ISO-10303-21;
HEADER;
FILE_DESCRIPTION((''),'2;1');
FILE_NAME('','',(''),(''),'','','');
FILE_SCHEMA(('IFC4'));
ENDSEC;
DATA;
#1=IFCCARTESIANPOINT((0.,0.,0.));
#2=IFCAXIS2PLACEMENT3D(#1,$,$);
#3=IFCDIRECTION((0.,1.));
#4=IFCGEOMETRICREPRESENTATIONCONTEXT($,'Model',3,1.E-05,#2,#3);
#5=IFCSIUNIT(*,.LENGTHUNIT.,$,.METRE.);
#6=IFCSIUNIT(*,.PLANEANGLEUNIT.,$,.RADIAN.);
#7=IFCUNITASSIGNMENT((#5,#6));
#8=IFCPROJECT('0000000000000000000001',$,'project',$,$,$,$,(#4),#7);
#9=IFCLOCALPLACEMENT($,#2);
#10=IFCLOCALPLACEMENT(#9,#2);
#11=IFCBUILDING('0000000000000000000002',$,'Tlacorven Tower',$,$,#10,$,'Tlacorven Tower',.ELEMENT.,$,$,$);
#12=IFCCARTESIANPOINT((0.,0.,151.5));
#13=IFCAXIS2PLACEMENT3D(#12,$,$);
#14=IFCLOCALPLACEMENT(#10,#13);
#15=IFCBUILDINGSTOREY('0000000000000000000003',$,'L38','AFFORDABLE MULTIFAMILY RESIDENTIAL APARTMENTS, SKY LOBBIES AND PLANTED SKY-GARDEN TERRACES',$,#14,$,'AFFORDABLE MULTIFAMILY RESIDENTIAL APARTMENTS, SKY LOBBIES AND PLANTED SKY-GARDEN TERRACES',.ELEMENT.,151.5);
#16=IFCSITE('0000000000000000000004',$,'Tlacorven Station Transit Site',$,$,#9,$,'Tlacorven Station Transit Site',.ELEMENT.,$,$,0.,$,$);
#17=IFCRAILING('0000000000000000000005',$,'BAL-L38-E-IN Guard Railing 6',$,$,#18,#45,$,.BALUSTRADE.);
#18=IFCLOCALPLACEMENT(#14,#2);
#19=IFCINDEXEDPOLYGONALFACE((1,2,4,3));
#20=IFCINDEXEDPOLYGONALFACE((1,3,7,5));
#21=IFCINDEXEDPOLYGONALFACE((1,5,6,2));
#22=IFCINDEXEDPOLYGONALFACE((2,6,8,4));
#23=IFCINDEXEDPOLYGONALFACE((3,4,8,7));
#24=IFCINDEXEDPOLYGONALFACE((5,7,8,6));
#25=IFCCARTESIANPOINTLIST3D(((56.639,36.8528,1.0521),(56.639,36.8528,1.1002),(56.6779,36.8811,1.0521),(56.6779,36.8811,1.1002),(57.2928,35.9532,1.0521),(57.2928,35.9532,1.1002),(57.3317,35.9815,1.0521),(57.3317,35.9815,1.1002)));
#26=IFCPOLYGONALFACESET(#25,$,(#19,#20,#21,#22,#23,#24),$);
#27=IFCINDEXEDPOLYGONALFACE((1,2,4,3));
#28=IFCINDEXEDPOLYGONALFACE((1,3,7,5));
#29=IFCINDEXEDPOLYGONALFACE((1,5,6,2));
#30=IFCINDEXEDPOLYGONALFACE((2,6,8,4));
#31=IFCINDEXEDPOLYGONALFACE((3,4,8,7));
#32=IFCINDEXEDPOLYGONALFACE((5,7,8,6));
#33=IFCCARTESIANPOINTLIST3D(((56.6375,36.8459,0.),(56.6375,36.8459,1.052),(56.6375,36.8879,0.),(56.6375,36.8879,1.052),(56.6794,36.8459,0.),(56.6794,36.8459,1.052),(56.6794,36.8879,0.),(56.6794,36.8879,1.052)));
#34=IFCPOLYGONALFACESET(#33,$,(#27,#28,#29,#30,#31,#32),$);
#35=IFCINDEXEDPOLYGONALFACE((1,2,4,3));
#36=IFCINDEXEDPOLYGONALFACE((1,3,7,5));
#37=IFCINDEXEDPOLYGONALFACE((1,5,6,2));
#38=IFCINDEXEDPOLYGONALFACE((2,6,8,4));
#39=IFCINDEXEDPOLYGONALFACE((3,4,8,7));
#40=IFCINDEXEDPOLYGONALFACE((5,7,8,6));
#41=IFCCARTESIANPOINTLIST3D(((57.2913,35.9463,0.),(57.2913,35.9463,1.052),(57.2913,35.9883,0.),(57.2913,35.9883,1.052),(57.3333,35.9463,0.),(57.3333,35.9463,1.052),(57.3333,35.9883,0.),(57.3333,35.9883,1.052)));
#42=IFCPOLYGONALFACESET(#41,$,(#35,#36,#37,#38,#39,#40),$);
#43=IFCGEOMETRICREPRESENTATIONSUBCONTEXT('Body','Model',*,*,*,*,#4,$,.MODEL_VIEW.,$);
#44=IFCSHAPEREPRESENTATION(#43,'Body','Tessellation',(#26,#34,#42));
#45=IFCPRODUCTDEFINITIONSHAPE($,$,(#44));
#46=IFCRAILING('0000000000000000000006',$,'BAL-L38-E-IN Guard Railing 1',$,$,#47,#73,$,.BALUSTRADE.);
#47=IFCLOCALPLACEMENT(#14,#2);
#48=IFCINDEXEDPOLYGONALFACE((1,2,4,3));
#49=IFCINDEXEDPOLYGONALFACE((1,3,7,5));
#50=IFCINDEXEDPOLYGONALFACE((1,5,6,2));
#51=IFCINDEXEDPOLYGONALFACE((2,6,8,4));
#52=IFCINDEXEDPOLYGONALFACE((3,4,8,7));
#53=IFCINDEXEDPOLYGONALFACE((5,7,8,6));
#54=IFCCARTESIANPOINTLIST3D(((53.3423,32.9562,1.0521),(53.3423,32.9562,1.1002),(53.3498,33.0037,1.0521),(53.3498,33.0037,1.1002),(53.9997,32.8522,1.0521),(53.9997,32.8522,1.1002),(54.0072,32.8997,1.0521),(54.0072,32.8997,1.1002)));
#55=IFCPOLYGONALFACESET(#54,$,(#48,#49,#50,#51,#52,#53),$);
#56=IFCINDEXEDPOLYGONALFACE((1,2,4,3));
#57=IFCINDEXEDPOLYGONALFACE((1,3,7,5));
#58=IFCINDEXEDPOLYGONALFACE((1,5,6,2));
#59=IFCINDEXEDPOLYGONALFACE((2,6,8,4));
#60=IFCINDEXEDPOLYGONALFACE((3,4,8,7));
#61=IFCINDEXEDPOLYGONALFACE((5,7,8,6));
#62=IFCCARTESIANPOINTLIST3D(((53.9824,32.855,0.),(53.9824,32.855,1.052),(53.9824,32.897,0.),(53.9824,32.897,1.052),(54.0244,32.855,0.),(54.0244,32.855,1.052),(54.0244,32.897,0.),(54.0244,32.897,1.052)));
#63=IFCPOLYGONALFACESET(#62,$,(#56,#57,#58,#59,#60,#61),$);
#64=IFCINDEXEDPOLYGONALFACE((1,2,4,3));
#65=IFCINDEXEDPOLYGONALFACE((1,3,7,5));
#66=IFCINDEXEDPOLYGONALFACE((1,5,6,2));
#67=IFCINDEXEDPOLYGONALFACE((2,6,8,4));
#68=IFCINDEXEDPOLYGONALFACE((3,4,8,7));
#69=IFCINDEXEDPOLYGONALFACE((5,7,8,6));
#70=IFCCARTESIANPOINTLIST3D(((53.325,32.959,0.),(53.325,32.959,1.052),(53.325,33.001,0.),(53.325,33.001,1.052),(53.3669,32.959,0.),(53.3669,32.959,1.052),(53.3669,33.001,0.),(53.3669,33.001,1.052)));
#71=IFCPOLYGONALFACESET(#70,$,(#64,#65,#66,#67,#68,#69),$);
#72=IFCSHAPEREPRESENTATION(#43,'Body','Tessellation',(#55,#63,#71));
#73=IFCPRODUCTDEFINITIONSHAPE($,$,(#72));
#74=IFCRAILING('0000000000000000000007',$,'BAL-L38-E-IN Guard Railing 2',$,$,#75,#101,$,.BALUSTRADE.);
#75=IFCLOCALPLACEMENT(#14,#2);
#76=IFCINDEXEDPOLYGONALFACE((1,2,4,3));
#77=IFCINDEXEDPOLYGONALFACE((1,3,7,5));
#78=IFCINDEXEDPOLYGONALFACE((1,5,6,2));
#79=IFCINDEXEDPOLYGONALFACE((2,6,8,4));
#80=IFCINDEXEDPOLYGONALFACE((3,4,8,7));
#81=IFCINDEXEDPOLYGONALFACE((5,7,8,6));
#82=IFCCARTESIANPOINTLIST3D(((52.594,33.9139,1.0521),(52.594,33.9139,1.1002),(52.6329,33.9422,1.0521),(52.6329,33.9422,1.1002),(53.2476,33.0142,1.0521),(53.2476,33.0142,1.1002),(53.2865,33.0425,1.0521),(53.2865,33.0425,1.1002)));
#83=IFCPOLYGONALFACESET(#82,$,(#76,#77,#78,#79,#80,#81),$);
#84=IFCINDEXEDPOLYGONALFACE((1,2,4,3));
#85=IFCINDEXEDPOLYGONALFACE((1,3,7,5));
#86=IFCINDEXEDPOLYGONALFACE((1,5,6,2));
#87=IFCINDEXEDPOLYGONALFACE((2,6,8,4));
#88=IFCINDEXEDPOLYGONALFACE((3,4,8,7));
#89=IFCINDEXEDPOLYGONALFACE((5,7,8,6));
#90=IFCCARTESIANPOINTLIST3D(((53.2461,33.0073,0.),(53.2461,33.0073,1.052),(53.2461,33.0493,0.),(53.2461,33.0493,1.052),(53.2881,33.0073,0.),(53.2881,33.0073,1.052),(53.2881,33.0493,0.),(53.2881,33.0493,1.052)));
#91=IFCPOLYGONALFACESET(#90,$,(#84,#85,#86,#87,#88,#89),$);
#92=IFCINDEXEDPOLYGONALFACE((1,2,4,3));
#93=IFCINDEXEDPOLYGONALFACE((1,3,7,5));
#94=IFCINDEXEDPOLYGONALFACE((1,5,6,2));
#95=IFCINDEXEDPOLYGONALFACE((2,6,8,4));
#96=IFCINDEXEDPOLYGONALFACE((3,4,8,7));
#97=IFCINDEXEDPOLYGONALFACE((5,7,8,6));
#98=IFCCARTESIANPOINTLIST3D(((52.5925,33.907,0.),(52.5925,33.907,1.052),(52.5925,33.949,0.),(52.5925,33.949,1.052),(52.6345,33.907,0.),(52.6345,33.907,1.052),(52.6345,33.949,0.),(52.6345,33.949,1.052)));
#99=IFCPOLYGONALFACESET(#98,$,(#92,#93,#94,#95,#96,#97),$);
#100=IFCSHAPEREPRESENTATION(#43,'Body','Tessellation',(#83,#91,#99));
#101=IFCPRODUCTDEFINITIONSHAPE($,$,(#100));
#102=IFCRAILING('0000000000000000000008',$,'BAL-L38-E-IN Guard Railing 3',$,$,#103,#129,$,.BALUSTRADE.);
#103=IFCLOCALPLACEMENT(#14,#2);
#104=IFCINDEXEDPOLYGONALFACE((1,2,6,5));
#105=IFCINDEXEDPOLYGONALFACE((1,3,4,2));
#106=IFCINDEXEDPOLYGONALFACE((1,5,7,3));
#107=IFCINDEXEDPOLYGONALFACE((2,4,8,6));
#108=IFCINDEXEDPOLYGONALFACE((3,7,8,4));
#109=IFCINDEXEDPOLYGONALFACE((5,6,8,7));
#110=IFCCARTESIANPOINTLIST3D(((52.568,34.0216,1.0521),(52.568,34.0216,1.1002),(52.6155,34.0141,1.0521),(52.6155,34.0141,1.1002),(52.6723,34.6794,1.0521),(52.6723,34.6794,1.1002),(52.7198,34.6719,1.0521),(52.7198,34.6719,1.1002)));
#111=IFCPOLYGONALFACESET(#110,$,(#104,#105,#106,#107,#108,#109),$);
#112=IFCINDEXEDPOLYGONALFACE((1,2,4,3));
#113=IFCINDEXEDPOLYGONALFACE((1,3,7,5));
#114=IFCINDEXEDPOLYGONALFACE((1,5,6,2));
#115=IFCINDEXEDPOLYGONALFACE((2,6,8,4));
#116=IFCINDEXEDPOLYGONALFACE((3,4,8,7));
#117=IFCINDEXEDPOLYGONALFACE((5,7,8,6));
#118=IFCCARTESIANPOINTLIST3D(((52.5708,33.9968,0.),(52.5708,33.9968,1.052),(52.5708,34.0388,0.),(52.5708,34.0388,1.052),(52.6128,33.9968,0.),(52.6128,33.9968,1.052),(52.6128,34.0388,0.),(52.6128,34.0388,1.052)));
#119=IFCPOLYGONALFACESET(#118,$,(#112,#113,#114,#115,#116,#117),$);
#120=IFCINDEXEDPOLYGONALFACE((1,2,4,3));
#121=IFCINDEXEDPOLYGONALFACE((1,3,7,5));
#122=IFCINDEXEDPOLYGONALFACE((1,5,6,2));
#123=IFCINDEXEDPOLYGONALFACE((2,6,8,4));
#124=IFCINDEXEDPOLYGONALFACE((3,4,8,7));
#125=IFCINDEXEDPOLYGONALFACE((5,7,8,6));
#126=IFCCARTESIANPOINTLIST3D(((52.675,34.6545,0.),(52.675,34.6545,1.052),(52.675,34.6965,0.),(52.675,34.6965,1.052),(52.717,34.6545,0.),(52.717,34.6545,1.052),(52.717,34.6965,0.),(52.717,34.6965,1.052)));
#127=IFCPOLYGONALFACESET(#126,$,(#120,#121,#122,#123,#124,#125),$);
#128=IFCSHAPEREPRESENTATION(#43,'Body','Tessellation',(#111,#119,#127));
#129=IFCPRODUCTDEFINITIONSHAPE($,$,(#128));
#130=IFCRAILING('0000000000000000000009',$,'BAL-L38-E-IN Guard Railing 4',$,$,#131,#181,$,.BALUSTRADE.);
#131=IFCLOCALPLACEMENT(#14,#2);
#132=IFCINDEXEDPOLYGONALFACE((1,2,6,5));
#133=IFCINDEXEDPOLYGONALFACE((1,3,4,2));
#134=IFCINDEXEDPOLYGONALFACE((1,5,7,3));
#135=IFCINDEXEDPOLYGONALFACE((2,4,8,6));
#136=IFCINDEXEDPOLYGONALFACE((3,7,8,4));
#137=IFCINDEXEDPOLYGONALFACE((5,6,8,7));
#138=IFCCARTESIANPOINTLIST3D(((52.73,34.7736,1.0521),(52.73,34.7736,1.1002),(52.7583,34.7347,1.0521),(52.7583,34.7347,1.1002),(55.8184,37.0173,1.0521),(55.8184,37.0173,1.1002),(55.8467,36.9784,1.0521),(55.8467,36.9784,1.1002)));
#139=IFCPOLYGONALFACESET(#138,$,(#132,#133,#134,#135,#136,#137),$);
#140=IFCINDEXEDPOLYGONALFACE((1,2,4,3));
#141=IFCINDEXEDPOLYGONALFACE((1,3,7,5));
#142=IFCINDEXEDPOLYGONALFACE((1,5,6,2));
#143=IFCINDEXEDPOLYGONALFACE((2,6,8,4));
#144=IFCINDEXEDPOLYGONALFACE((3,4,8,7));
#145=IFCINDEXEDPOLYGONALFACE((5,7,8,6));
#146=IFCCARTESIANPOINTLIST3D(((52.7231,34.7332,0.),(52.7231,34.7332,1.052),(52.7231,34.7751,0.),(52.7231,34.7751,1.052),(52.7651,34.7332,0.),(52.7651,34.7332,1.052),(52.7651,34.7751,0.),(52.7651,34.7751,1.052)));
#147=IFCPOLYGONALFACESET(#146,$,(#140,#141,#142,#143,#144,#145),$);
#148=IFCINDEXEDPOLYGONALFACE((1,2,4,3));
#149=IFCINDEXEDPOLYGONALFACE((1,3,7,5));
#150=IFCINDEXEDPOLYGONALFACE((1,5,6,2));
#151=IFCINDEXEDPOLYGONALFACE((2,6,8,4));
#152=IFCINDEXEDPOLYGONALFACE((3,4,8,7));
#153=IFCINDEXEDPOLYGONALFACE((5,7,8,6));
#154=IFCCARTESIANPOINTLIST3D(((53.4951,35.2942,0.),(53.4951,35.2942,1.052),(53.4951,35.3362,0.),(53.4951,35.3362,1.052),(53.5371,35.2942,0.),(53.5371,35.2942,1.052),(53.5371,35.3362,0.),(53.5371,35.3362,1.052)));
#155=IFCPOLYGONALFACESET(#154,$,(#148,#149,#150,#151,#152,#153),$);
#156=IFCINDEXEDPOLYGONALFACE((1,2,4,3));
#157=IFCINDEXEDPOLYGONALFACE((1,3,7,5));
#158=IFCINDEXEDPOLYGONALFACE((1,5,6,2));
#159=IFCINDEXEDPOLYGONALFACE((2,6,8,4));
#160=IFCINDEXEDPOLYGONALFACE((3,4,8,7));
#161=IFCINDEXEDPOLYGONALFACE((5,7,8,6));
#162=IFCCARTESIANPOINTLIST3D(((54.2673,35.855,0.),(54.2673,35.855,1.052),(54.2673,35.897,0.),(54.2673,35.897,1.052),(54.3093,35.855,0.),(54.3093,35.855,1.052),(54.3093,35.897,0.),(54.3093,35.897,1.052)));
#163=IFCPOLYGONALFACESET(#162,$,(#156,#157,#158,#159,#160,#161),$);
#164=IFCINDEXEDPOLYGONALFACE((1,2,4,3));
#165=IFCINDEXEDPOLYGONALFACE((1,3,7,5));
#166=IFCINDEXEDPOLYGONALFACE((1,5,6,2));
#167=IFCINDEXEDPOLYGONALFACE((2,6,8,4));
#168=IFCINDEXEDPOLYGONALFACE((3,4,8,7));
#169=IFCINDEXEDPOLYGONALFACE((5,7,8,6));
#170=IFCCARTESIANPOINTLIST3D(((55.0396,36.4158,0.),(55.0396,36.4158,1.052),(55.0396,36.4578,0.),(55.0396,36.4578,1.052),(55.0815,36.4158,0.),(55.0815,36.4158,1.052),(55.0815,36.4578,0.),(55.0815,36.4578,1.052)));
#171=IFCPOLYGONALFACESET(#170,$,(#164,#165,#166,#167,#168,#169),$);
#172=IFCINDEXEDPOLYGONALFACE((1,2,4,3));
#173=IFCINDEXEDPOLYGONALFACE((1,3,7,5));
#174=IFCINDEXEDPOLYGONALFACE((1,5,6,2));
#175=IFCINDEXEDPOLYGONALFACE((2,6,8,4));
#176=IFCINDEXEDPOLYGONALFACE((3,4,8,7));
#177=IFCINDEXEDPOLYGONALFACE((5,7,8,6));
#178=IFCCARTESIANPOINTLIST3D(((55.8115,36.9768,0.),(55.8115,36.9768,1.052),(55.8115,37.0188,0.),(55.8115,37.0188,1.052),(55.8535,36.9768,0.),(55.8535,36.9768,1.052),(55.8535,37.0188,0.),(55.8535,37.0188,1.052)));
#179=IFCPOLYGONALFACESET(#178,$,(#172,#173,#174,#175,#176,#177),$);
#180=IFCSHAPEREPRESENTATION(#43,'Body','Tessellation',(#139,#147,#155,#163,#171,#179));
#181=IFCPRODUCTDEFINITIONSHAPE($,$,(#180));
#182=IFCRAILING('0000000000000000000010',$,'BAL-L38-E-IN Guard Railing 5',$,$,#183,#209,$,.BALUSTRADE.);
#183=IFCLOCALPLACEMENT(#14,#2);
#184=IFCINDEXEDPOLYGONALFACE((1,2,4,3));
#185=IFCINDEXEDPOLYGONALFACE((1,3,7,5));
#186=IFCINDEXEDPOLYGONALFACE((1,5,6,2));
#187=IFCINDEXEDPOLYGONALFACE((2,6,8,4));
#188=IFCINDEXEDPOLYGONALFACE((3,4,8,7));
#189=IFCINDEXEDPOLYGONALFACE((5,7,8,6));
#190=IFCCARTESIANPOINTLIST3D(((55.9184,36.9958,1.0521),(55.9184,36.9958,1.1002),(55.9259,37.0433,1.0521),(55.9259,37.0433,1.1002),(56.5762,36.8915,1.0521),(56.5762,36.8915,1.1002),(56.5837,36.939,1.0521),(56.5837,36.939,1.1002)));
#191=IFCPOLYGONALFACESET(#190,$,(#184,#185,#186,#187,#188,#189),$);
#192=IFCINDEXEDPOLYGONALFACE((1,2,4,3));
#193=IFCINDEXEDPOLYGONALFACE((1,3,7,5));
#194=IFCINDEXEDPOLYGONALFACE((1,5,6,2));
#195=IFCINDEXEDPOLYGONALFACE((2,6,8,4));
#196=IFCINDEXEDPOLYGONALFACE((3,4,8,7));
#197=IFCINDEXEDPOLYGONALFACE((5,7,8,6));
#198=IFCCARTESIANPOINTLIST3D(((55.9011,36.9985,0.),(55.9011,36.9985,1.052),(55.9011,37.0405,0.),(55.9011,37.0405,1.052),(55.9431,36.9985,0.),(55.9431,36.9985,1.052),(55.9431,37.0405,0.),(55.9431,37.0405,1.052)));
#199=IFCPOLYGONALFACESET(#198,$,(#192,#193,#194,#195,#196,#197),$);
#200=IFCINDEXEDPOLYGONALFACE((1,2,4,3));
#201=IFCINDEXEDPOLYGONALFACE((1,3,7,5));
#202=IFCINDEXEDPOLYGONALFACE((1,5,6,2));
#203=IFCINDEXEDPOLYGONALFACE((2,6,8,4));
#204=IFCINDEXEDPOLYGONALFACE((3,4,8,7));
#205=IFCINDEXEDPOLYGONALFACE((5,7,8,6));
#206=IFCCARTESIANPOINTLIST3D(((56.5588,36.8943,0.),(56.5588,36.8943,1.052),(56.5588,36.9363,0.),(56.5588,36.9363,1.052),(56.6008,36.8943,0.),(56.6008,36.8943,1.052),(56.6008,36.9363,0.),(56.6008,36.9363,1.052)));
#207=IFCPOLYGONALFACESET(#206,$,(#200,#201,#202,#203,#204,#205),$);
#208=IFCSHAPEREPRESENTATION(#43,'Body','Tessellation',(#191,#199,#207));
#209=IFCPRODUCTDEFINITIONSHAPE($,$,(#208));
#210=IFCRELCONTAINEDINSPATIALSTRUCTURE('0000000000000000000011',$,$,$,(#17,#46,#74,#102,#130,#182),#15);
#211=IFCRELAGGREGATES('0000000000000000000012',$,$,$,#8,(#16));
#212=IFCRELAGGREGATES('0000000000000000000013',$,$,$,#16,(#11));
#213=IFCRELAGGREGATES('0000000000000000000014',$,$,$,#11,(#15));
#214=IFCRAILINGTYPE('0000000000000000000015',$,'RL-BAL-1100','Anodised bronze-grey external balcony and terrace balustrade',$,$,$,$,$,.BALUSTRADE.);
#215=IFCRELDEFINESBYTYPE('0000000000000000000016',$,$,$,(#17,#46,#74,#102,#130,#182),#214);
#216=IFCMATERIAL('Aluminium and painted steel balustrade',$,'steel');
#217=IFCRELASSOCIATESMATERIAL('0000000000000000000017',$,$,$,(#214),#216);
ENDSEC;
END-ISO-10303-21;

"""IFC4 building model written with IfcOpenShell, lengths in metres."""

from ifc_helpers import new_model, si_unit, direction, frame, origin, origin_2d, place, context, subcontext, project, spatial, rectangle, extrude, source, transform, mapped, material, type_object, element, save


model = new_model("IFC4")

# Units and contexts
model_context = context("Model", 3, precision=1e-05, world=origin(), true_north=direction((0.0, 1.0)))
body_context = subcontext(model_context, "Body", "Model", "MODEL_VIEW")
ifc_project = project(units=[si_unit("LENGTHUNIT", "METRE"), si_unit("PLANEANGLEUNIT", "RADIAN")], contexts=[model_context])

# Site, building, storey
site_placement = place(None, origin())
site = spatial("IfcSite", under=ifc_project, at=site_placement, Name="Tlacorven Station Transit Site", LongName="Tlacorven Station Transit Site", CompositionType="ELEMENT", RefElevation=0.0)
building_placement = place(site_placement, origin())
building = spatial("IfcBuilding", under=site, at=building_placement, Name="Tlacorven Tower", LongName="Tlacorven Tower", CompositionType="ELEMENT")
storey_placement = place(building_placement, frame((0.0, 0.0, 151.5)))
storey = spatial("IfcBuildingStorey", under=building, at=storey_placement, Name="L38", Description="AFFORDABLE MULTIFAMILY RESIDENTIAL APARTMENTS, SKY LOBBIES AND PLANTED SKY-GARDEN TERRACES", LongName="AFFORDABLE MULTIFAMILY RESIDENTIAL APARTMENTS, SKY LOBBIES AND PLANTED SKY-GARDEN TERRACES", CompositionType="ELEMENT", Elevation=151.5)

# Railings
ifc_material_1 = material(Name="Aluminium and painted steel balustrade", Category="steel")
railing_type_1 = type_object("IfcRailingType", Name="RL-BAL-1100", Description="Anodised bronze-grey external balcony and terrace balustrade", PredefinedType="BALUSTRADE", material=ifc_material_1)
shared_shape_1 = source(origin(), body_context, "Body", "SweptSolid", [
    extrude(rectangle(XDim=0.0481, YDim=0.0481, at=origin_2d()), frame((0.0, 0.0, 1.0762), z_axis=(0.587884, -0.808945, 0.0), x_axis=(0.808945, 0.587884, 0.0)), (0.0, 0.0, 1.0), 1.1121),
    extrude(rectangle(XDim=0.042, YDim=0.042, at=origin_2d()), origin(), (0.0, 0.0, 1.0), 1.052),
    extrude(rectangle(XDim=0.042, YDim=0.042, at=origin_2d()), frame((0.6538, -0.8997, 0.0)), (0.0, 0.0, 1.0), 1.052),
])
railing_1_placement = place(storey_placement, frame((56.6584, 36.8669, 0.0)))
element("IfcRailing", 1, at=railing_1_placement, inside=storey, type_object=railing_type_1, Name="BAL-L38-E-IN Guard Railing 6", PredefinedType="BALUSTRADE", context=body_context, shape_type="MappedRepresentation", body=[
    mapped(shared_shape_1, transform((0.0, 0.0, 0.0), scale=1.0)),
])
shared_shape_2 = source(origin(), body_context, "Body", "SweptSolid", [
    extrude(rectangle(XDim=0.0481, YDim=0.0481, at=origin_2d()), frame((0.0, 0.0, 1.0762), z_axis=(-0.987718, 0.156245, 0.0), x_axis=(-0.156245, -0.987718, 0.0)), (0.0, 0.0, 1.0), 0.6655),
    extrude(rectangle(XDim=0.042, YDim=0.042, at=origin_2d()), origin(), (0.0, 0.0, 1.0), 1.052),
    extrude(rectangle(XDim=0.042, YDim=0.042, at=origin_2d()), frame((-0.6575, 0.104, 0.0)), (0.0, 0.0, 1.0), 1.052),
])
railing_2_placement = place(storey_placement, frame((54.0034, 32.876, 0.0)))
element("IfcRailing", 2, at=railing_2_placement, inside=storey, type_object=railing_type_1, Name="BAL-L38-E-IN Guard Railing 1", PredefinedType="BALUSTRADE", context=body_context, shape_type="MappedRepresentation", body=[
    mapped(shared_shape_2, transform((0.0, 0.0, 0.0), scale=1.0)),
])
shared_shape_3 = source(origin(), body_context, "Body", "SweptSolid", [
    extrude(rectangle(XDim=0.0481, YDim=0.0481, at=origin_2d()), frame((0.0, 0.0, 1.0762), z_axis=(-0.587741, 0.809049, 0.0), x_axis=(-0.809049, -0.587741, 0.0)), (0.0, 0.0, 1.0), 1.1121),
    extrude(rectangle(XDim=0.042, YDim=0.042, at=origin_2d()), origin(), (0.0, 0.0, 1.0), 1.052),
    extrude(rectangle(XDim=0.042, YDim=0.042, at=origin_2d()), frame((-0.6536, 0.8997, 0.0)), (0.0, 0.0, 1.0), 1.052),
])
railing_3_placement = place(storey_placement, frame((53.2671, 33.0283, 0.0)))
element("IfcRailing", 3, at=railing_3_placement, inside=storey, type_object=railing_type_1, Name="BAL-L38-E-IN Guard Railing 2", PredefinedType="BALUSTRADE", context=body_context, shape_type="MappedRepresentation", body=[
    mapped(shared_shape_3, transform((0.0, 0.0, 0.0), scale=1.0)),
])
shared_shape_4 = source(origin(), body_context, "Body", "SweptSolid", [
    extrude(rectangle(XDim=0.0481, YDim=0.0481, at=origin_2d()), frame((0.0, 0.0, 1.0762), z_axis=(0.156546, 0.987671, 0.0), x_axis=(-0.987671, 0.156546, 0.0)), (0.0, 0.0, 1.0), 0.666),
    extrude(rectangle(XDim=0.042, YDim=0.042, at=origin_2d()), origin(), (0.0, 0.0, 1.0), 1.052),
    extrude(rectangle(XDim=0.042, YDim=0.042, at=origin_2d()), frame((0.1042, 0.6577, 0.0)), (0.0, 0.0, 1.0), 1.052),
])
railing_4_placement = place(storey_placement, frame((52.5918, 34.0178, 0.0)))
element("IfcRailing", 4, at=railing_4_placement, inside=storey, type_object=railing_type_1, Name="BAL-L38-E-IN Guard Railing 3", PredefinedType="BALUSTRADE", context=body_context, shape_type="MappedRepresentation", body=[
    mapped(shared_shape_4, transform((0.0, 0.0, 0.0), scale=1.0)),
])
shared_shape_5 = source(origin(), body_context, "Body", "SweptSolid", [
    extrude(rectangle(XDim=0.0481, YDim=0.0481, at=origin_2d()), frame((0.0, 0.0, 1.0762), z_axis=(0.80904, 0.587753, 0.0), x_axis=(-0.587753, 0.80904, 0.0)), (0.0, 0.0, 1.0), 3.8174),
    extrude(rectangle(XDim=0.042, YDim=0.042, at=origin_2d()), origin(), (0.0, 0.0, 1.0), 1.052),
    extrude(rectangle(XDim=0.042, YDim=0.042, at=origin_2d()), frame((0.772, 0.561, 0.0)), (0.0, 0.0, 1.0), 1.052),
    extrude(rectangle(XDim=0.042, YDim=0.042, at=origin_2d()), frame((1.5442, 1.1218, 0.0)), (0.0, 0.0, 1.0), 1.052),
    extrude(rectangle(XDim=0.042, YDim=0.042, at=origin_2d()), frame((2.3164, 1.6826, 0.0)), (0.0, 0.0, 1.0), 1.052),
    extrude(rectangle(XDim=0.042, YDim=0.042, at=origin_2d()), frame((3.0884, 2.2437, 0.0)), (0.0, 0.0, 1.0), 1.052),
])
railing_5_placement = place(storey_placement, frame((52.7441, 34.7542, 0.0)))
element("IfcRailing", 5, at=railing_5_placement, inside=storey, type_object=railing_type_1, Name="BAL-L38-E-IN Guard Railing 4", PredefinedType="BALUSTRADE", context=body_context, shape_type="MappedRepresentation", body=[
    mapped(shared_shape_5, transform((0.0, 0.0, 0.0), scale=1.0)),
])
shared_shape_6 = source(origin(), body_context, "Body", "SweptSolid", [
    extrude(rectangle(XDim=0.0481, YDim=0.0481, at=origin_2d()), frame((0.0, 0.0, 1.0762), z_axis=(0.987671, -0.156546, 0.0), x_axis=(0.156546, 0.987671, 0.0)), (0.0, 0.0, 1.0), 0.666),
    extrude(rectangle(XDim=0.042, YDim=0.042, at=origin_2d()), origin(), (0.0, 0.0, 1.0), 1.052),
    extrude(rectangle(XDim=0.042, YDim=0.042, at=origin_2d()), frame((0.6577, -0.1042, 0.0)), (0.0, 0.0, 1.0), 1.052),
])
railing_6_placement = place(storey_placement, frame((55.9221, 37.0195, 0.0)))
element("IfcRailing", 6, at=railing_6_placement, inside=storey, type_object=railing_type_1, Name="BAL-L38-E-IN Guard Railing 5", PredefinedType="BALUSTRADE", context=body_context, shape_type="MappedRepresentation", body=[
    mapped(shared_shape_6, transform((0.0, 0.0, 0.0), scale=1.0)),
])

save(model, "model.ifc")
